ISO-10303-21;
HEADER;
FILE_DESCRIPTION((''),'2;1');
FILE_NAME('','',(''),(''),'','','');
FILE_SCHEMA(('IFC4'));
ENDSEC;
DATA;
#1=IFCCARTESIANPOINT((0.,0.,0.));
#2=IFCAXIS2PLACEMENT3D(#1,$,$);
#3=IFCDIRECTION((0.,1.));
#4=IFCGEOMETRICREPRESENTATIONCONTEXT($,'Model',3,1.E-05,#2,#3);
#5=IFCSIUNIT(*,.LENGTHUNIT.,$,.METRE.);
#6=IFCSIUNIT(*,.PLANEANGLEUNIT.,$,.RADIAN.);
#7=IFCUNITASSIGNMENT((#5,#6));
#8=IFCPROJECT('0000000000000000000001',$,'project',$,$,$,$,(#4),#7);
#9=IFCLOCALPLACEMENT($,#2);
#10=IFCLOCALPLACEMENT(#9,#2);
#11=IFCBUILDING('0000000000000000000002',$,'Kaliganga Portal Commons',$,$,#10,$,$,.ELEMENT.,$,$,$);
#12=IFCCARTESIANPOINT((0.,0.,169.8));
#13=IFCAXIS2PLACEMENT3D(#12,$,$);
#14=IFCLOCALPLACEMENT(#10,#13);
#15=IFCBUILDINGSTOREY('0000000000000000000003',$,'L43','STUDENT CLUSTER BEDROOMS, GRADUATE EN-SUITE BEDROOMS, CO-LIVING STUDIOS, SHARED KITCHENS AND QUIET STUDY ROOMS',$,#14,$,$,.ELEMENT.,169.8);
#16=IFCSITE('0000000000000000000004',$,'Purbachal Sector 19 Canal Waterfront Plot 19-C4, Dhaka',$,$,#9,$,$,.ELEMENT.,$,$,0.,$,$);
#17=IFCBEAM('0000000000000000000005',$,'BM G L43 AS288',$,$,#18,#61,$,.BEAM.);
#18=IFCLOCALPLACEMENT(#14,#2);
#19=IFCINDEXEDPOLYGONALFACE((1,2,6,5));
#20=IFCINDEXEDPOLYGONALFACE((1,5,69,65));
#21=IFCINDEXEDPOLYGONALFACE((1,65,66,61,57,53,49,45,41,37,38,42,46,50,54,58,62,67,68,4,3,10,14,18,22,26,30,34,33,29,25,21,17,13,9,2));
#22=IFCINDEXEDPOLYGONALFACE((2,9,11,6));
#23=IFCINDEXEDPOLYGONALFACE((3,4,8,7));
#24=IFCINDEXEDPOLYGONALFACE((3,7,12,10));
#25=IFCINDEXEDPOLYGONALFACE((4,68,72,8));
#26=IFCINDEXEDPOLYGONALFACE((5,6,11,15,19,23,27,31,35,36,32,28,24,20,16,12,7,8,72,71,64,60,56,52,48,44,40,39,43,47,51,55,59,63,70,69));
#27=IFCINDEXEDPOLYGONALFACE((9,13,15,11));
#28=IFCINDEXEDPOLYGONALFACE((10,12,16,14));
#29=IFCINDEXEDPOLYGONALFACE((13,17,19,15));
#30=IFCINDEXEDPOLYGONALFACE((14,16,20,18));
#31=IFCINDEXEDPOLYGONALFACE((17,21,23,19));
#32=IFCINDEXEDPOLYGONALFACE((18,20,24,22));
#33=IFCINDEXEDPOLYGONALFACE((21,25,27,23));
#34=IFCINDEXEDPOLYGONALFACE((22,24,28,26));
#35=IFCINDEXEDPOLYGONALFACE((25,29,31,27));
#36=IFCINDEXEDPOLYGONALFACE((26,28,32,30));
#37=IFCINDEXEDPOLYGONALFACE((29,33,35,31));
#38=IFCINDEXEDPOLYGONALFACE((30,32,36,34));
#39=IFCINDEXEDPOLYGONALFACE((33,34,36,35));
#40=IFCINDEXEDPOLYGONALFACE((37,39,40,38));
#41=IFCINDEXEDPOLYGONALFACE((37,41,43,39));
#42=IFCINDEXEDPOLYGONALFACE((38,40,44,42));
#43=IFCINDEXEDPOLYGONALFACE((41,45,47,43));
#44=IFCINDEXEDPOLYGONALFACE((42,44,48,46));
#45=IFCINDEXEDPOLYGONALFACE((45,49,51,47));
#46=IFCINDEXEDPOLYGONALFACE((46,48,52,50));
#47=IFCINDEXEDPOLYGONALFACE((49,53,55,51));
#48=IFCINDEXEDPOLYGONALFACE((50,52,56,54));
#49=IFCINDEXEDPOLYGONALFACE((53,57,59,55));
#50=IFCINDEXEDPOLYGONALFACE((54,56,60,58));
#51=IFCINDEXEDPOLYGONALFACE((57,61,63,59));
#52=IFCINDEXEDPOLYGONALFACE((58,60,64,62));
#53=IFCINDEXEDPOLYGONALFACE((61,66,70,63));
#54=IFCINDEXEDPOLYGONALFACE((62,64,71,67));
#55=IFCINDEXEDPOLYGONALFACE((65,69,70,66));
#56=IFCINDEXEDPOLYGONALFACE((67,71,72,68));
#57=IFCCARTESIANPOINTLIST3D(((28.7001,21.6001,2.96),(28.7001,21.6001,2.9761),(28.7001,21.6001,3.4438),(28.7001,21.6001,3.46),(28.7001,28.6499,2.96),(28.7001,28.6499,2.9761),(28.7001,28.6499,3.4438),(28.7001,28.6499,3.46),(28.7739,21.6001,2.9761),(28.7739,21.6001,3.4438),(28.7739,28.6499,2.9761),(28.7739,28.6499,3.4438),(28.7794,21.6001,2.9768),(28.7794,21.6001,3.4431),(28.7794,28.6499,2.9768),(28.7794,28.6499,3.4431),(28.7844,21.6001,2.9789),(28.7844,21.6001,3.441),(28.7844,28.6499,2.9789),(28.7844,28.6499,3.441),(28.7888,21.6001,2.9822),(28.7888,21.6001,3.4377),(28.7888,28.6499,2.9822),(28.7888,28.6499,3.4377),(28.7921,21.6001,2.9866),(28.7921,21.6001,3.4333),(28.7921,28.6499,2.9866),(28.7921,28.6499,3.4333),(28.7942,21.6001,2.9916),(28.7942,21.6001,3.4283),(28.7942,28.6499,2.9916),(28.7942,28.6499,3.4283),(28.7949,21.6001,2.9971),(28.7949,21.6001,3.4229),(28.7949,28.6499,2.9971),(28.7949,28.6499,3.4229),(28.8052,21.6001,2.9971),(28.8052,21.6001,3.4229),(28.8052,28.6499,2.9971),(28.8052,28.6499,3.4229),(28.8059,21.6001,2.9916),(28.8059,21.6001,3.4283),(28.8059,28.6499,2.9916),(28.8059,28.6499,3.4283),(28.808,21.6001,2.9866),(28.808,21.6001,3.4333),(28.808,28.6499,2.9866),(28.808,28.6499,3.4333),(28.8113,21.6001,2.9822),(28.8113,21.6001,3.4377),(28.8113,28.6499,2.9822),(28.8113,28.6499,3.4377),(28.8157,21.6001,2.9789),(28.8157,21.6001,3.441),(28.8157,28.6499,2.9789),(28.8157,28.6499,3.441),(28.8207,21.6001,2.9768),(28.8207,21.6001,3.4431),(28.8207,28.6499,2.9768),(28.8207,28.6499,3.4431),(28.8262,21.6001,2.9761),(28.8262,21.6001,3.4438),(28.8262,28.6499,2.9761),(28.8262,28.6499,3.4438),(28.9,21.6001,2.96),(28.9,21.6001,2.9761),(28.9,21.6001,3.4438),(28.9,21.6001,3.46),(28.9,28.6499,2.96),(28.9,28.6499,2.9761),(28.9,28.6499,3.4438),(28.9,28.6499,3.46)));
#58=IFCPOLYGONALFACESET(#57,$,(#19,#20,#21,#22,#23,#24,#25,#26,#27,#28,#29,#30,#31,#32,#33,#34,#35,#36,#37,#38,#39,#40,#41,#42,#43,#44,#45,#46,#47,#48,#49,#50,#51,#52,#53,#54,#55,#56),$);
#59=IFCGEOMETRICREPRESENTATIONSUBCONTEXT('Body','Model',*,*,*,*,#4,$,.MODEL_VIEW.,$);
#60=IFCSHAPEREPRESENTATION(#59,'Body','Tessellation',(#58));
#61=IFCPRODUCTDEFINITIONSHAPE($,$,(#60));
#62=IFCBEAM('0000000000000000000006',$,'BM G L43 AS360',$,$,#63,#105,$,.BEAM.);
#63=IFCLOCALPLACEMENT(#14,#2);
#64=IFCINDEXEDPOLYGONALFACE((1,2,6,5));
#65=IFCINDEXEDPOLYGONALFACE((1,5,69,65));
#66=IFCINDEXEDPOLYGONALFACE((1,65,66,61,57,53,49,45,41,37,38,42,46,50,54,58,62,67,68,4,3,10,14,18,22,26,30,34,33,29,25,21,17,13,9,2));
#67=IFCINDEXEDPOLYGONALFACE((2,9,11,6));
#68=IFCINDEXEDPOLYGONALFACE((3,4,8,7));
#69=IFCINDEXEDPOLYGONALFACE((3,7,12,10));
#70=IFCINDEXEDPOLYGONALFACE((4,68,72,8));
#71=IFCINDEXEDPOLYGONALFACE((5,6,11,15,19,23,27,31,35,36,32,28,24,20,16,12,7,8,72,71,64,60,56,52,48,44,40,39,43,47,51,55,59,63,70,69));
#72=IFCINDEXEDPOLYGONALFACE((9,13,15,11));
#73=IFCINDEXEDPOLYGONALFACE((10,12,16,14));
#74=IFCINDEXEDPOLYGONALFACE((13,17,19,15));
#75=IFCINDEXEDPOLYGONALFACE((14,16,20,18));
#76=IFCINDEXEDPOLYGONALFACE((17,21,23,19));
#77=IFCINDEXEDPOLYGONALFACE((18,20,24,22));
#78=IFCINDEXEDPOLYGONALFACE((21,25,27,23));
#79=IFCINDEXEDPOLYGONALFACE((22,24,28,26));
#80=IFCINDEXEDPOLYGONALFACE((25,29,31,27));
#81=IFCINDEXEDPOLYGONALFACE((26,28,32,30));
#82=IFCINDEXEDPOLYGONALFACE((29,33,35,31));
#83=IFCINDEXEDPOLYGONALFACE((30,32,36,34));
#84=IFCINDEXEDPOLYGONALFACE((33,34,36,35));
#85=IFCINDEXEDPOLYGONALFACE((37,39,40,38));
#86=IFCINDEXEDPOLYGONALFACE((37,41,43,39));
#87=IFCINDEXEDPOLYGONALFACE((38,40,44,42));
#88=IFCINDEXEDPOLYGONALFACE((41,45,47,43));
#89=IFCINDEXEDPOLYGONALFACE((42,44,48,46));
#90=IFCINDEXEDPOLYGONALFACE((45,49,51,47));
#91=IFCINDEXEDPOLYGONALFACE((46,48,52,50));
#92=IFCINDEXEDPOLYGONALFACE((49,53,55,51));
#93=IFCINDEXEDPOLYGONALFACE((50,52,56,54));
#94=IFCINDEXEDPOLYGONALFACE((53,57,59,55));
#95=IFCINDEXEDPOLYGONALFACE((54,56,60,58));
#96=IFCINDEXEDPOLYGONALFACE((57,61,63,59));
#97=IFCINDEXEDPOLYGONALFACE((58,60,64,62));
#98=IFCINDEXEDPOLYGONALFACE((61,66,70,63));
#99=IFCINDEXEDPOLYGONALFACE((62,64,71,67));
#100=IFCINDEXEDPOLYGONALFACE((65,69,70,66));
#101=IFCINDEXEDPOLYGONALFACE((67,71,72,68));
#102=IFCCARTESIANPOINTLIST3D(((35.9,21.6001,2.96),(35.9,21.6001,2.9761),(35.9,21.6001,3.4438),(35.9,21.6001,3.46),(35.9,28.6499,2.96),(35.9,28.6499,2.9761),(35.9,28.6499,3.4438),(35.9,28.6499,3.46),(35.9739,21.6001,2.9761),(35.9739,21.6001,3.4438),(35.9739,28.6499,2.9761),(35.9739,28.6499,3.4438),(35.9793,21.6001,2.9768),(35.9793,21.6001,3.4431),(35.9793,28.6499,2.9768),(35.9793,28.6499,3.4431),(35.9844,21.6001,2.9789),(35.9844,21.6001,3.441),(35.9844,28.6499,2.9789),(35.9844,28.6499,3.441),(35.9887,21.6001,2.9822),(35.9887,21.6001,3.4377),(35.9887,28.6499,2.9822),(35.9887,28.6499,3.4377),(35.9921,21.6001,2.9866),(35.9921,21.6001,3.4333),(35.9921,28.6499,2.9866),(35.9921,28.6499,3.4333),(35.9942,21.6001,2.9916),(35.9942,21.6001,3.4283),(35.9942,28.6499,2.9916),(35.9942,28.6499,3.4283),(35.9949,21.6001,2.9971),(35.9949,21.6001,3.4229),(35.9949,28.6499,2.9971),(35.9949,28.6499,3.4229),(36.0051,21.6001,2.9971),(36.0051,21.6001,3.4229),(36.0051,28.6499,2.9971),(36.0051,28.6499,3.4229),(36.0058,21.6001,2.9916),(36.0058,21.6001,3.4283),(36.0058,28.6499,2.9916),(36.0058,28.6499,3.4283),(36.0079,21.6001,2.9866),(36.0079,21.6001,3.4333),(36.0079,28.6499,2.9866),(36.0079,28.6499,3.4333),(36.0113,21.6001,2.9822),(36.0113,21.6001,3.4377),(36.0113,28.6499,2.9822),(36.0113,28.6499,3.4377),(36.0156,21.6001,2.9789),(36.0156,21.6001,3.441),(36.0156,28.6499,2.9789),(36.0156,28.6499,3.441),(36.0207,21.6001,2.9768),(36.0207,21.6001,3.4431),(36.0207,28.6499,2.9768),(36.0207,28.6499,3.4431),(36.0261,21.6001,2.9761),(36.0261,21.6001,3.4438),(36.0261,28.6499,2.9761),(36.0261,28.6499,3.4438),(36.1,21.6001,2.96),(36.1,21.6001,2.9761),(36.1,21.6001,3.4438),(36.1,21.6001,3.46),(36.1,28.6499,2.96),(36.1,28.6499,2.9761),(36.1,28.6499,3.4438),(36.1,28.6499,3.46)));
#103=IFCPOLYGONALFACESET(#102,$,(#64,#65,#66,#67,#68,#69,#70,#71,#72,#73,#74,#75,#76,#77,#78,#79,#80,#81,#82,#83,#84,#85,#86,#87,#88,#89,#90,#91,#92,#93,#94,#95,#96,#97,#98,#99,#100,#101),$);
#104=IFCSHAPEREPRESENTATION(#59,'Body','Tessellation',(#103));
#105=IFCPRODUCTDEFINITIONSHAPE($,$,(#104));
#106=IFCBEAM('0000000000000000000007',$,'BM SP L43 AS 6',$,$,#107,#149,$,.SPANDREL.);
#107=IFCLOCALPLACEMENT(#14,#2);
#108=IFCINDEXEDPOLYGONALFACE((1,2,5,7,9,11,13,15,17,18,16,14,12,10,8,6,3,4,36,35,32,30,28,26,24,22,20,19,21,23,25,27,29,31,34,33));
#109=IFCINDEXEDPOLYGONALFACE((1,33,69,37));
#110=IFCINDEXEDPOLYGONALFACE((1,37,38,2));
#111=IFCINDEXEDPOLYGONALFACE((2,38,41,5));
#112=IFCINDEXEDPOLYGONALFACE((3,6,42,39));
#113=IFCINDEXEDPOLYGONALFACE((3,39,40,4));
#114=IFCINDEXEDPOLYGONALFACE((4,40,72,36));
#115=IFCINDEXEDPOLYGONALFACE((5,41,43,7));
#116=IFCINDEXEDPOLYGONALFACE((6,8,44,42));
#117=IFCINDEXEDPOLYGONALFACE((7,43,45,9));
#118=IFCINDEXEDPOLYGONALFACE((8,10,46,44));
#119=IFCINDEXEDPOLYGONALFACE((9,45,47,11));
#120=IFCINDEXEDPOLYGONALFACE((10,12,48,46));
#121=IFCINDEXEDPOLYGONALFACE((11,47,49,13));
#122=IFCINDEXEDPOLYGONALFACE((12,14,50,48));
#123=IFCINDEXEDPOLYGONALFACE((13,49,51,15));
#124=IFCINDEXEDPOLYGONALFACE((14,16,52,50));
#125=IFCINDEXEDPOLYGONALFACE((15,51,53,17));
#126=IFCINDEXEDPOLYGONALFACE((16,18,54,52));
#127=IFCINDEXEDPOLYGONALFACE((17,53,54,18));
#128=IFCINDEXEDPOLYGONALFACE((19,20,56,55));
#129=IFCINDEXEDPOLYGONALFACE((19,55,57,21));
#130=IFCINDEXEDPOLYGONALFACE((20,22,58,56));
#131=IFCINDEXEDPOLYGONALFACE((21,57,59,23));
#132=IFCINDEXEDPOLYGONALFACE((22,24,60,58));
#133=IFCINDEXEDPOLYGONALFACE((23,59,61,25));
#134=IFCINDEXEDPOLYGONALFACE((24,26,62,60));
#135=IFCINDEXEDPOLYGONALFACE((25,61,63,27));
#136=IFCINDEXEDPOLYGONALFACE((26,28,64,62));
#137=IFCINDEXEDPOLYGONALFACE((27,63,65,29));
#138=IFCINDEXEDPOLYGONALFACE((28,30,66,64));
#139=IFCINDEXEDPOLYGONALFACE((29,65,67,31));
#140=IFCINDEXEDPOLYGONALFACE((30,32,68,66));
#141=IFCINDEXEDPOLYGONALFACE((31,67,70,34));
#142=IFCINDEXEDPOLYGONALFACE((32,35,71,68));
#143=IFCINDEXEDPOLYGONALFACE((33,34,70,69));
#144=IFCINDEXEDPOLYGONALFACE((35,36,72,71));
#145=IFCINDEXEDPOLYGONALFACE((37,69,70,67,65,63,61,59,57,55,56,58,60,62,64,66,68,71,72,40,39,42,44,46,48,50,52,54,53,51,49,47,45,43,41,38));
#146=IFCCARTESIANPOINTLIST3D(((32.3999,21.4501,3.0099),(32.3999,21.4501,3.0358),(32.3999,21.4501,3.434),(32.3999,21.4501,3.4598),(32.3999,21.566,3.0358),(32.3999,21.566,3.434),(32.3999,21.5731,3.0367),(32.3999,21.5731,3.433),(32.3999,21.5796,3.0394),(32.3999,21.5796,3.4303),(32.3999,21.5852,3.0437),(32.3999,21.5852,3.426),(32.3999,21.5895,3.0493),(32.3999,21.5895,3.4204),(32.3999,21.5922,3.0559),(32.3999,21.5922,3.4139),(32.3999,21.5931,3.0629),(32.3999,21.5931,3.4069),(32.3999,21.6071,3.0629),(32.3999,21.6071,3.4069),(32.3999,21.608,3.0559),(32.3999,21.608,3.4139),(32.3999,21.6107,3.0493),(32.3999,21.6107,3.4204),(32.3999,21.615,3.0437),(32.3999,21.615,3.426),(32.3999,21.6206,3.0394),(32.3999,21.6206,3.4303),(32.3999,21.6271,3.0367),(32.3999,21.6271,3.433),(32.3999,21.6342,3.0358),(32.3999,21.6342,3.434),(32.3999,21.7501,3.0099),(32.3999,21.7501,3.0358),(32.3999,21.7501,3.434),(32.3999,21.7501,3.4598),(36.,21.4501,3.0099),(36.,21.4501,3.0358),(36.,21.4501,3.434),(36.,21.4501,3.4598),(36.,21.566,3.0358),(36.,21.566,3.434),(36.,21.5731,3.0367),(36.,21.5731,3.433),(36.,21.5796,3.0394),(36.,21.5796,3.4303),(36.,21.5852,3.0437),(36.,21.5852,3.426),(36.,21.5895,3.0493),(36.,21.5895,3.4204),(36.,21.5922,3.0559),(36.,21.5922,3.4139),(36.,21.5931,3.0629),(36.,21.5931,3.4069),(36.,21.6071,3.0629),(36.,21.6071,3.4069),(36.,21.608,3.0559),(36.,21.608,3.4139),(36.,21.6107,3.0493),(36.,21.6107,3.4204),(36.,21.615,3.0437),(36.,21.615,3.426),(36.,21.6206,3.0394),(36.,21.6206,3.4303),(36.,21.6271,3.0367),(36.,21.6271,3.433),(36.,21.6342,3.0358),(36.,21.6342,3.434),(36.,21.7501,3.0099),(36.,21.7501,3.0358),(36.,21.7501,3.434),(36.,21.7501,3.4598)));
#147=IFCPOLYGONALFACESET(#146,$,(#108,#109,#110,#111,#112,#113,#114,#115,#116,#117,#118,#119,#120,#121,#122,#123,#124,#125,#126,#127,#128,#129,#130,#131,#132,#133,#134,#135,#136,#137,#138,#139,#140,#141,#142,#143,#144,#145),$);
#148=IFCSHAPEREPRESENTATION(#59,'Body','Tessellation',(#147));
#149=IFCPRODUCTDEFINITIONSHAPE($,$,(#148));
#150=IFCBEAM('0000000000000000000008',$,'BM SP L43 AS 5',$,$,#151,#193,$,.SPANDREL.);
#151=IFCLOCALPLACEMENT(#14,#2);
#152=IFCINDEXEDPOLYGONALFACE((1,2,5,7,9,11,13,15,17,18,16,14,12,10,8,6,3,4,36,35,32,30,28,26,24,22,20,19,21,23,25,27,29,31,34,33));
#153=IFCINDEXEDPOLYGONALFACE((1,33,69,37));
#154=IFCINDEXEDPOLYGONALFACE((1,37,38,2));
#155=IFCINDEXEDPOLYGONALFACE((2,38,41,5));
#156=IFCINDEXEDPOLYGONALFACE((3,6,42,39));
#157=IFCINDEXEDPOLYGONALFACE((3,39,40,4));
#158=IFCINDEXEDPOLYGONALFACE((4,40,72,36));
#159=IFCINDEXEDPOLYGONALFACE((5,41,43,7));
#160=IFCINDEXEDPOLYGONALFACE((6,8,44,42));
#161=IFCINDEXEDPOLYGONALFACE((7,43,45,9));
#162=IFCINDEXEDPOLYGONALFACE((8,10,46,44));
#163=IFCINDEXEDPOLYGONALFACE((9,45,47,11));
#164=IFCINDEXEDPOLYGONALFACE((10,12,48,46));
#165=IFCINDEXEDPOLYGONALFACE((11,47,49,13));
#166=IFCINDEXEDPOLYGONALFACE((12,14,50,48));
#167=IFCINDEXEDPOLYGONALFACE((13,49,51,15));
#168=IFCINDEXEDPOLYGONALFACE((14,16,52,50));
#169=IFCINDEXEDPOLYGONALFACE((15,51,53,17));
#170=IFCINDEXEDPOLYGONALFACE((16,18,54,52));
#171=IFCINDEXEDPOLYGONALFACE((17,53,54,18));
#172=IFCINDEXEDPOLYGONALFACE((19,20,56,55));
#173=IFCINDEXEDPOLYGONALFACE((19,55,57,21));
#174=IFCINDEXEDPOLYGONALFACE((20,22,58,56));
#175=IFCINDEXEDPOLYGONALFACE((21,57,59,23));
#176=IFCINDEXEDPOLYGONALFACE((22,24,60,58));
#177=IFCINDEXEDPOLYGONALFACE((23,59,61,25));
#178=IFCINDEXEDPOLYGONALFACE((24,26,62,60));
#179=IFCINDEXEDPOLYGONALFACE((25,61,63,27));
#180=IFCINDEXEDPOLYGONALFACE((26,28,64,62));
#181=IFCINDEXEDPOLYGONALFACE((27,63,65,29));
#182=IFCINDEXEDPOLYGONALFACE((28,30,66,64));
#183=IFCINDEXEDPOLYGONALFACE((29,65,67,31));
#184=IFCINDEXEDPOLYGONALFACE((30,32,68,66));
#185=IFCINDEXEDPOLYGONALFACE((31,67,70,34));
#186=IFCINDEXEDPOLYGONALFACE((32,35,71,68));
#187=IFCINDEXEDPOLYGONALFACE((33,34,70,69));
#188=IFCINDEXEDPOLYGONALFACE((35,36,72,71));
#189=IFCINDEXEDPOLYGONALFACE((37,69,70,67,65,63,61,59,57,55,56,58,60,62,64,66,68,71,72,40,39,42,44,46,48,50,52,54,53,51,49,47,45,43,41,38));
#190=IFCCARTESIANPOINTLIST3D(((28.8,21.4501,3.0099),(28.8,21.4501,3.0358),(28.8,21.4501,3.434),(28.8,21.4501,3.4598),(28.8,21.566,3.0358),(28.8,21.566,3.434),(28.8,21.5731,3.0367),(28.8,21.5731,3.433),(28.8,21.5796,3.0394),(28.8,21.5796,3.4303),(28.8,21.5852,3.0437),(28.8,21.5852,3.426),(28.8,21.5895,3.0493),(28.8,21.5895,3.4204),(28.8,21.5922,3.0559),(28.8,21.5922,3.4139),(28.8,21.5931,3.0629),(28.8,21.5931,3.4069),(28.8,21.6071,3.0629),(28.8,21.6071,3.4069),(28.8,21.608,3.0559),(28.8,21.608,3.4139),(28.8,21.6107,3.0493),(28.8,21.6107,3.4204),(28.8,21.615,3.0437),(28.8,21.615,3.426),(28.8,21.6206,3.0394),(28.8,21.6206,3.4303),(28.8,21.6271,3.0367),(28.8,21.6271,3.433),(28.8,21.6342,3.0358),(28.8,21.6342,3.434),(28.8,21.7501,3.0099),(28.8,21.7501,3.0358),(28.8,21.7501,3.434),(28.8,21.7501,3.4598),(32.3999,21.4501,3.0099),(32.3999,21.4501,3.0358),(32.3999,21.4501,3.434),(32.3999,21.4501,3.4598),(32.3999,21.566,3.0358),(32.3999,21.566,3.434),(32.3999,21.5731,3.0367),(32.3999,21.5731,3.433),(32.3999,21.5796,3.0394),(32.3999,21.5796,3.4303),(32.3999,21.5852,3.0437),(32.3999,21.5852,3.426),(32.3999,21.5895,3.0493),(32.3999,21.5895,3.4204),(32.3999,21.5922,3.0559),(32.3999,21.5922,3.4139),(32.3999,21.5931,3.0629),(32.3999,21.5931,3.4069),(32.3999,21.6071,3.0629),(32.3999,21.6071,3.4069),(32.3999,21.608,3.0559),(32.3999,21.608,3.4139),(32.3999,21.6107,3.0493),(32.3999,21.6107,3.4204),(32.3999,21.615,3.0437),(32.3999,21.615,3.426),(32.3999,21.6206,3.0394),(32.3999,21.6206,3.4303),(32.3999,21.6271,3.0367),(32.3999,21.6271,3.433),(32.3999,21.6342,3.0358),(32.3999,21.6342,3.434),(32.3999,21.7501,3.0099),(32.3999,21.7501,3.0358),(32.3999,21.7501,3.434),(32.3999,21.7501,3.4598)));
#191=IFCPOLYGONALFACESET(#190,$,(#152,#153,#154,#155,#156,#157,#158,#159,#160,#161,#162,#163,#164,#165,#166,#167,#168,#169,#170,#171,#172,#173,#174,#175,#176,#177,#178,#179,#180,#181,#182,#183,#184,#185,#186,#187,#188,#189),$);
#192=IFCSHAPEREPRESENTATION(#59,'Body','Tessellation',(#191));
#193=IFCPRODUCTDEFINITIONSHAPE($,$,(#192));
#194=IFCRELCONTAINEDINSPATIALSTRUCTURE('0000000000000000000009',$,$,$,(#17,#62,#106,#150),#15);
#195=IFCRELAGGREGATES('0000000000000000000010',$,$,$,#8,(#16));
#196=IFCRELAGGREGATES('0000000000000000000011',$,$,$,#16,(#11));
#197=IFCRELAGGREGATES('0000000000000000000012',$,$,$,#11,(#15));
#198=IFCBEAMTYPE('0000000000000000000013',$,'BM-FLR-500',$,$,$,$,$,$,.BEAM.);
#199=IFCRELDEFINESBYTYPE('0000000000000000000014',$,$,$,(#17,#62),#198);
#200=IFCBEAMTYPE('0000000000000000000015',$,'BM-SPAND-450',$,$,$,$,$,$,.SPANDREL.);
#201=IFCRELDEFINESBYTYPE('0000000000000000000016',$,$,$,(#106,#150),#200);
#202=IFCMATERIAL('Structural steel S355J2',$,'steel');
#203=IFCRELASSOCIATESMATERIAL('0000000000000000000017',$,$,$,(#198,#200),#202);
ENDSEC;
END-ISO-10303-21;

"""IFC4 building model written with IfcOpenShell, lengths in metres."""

from ifc_helpers import new_model, si_unit, direction, frame, origin, origin_2d, place, context, subcontext, project, spatial, i_section, extrude, source, transform, mapped, material, material_profile, profile_set, type_object, element, save


model = new_model("IFC4")

# Units and contexts
model_context = context("Model", 3, precision=1e-05, world=origin(), true_north=direction((0.0, 1.0)))
body_context = subcontext(model_context, "Body", "Model", "MODEL_VIEW")
ifc_project = project(units=[si_unit("LENGTHUNIT", "METRE"), si_unit("PLANEANGLEUNIT", "RADIAN")], contexts=[model_context])

# Site, building, storey
site_placement = place(None, origin())
site = spatial("IfcSite", under=ifc_project, at=site_placement, Name="Purbachal Sector 19 Canal Waterfront Plot 19-C4, Dhaka", CompositionType="ELEMENT", RefElevation=0.0)
building_placement = place(site_placement, origin())
building = spatial("IfcBuilding", under=site, at=building_placement, Name="Kaliganga Portal Commons", CompositionType="ELEMENT")
storey_placement = place(building_placement, frame((0.0, 0.0, 169.8)))
storey = spatial("IfcBuildingStorey", under=building, at=storey_placement, Name="L43", Description="STUDENT CLUSTER BEDROOMS, GRADUATE EN-SUITE BEDROOMS, CO-LIVING STUDIOS, SHARED KITCHENS AND QUIET STUDY ROOMS", CompositionType="ELEMENT", Elevation=169.8)

# Beams
ifc_material_1 = material(Name="Structural steel S355J2", Category="steel")
ifc_material_profile_1 = material_profile(ifc_material_1, i_section(OverallWidth=0.2, OverallDepth=0.5, WebThickness=0.0103, FlangeThickness=0.0161, FilletRadius=0.021, at=origin_2d()), Name="IPE 500")
ifc_profile_set_1 = profile_set([ifc_material_profile_1], Name="Structural steel S355J2 wide-flange")
beam_type_1 = type_object("IfcBeamType", Name="BM-FLR-500", PredefinedType="BEAM", material=ifc_profile_set_1)
shared_shape_1 = source(origin(), body_context, "Body", "SweptSolid", [
    extrude(i_section(OverallWidth=0.2, OverallDepth=0.5, WebThickness=0.0103, FlangeThickness=0.0161, FilletRadius=0.021, at=origin_2d()), origin(), (0.0, 0.0, 1.0), 7.0498),
])
for number, where, z_axis, x_axis, name in (
    (1, (28.8, 21.6001, 3.21), (0.0, 1.0, 0.0), (-1.0, 0.0, 0.0), "BM G L43 AS288"),
    (2, (36.0, 21.6001, 3.21), (0.0, 1.0, 0.0), (-1.0, 0.0, 0.0), "BM G L43 AS360"),
):
    element("IfcBeam", number, at=place(storey_placement, frame(where, z_axis=z_axis, x_axis=x_axis)), inside=storey, type_object=beam_type_1, Name=name, PredefinedType="BEAM", context=body_context, shape_type="MappedRepresentation", body=[
        mapped(shared_shape_1, transform((0.0, 0.0, 0.0), x_axis=(1.0, 0.0, 0.0), y_axis=(0.0, 1.0, 0.0), z_axis=(0.0, 0.0, 1.0), scale=1.0)),
    ])
ifc_material_profile_2 = material_profile(ifc_material_1, i_section(OverallWidth=0.3, OverallDepth=0.45, WebThickness=0.0139, FlangeThickness=0.0259, FilletRadius=0.0271, at=origin_2d()), Name="HE 450 B")
ifc_profile_set_2 = profile_set([ifc_material_profile_2], Name="Structural steel S355J2 wide-flange")
beam_type_2 = type_object("IfcBeamType", Name="BM-SPAND-450", PredefinedType="SPANDREL", material=ifc_profile_set_2)
shared_shape_2 = source(origin(), body_context, "Body", "SweptSolid", [
    extrude(i_section(OverallWidth=0.3, OverallDepth=0.45, WebThickness=0.0139, FlangeThickness=0.0259, FilletRadius=0.0271, at=origin_2d()), origin(), (0.0, 0.0, 1.0), 3.6001),
])
beam_1_placement = place(storey_placement, frame((32.3999, 21.6001, 3.2349), z_axis=(1.0, 0.0, 0.0), x_axis=(0.0, 1.0, 0.0)))
element("IfcBeam", 3, at=beam_1_placement, inside=storey, type_object=beam_type_2, Name="BM SP L43 AS 6", PredefinedType="SPANDREL", context=body_context, shape_type="MappedRepresentation", body=[
    mapped(shared_shape_2, transform((0.0, 0.0, 0.0), x_axis=(1.0, 0.0, 0.0), y_axis=(0.0, 1.0, 0.0), z_axis=(0.0, 0.0, 1.0), scale=1.0)),
])
shared_shape_3 = source(origin(), body_context, "Body", "SweptSolid", [
    extrude(i_section(OverallWidth=0.3, OverallDepth=0.45, WebThickness=0.0139, FlangeThickness=0.0259, FilletRadius=0.0271, at=origin_2d()), origin(), (0.0, 0.0, 1.0), 3.5999),
])
beam_2_placement = place(storey_placement, frame((28.8, 21.6001, 3.2349), z_axis=(1.0, 0.0, 0.0), x_axis=(0.0, 1.0, 0.0)))
element("IfcBeam", 4, at=beam_2_placement, inside=storey, type_object=beam_type_2, Name="BM SP L43 AS 5", PredefinedType="SPANDREL", context=body_context, shape_type="MappedRepresentation", body=[
    mapped(shared_shape_3, transform((0.0, 0.0, 0.0), x_axis=(1.0, 0.0, 0.0), y_axis=(0.0, 1.0, 0.0), z_axis=(0.0, 0.0, 1.0), scale=1.0)),
])

save(model, "model.ifc")
